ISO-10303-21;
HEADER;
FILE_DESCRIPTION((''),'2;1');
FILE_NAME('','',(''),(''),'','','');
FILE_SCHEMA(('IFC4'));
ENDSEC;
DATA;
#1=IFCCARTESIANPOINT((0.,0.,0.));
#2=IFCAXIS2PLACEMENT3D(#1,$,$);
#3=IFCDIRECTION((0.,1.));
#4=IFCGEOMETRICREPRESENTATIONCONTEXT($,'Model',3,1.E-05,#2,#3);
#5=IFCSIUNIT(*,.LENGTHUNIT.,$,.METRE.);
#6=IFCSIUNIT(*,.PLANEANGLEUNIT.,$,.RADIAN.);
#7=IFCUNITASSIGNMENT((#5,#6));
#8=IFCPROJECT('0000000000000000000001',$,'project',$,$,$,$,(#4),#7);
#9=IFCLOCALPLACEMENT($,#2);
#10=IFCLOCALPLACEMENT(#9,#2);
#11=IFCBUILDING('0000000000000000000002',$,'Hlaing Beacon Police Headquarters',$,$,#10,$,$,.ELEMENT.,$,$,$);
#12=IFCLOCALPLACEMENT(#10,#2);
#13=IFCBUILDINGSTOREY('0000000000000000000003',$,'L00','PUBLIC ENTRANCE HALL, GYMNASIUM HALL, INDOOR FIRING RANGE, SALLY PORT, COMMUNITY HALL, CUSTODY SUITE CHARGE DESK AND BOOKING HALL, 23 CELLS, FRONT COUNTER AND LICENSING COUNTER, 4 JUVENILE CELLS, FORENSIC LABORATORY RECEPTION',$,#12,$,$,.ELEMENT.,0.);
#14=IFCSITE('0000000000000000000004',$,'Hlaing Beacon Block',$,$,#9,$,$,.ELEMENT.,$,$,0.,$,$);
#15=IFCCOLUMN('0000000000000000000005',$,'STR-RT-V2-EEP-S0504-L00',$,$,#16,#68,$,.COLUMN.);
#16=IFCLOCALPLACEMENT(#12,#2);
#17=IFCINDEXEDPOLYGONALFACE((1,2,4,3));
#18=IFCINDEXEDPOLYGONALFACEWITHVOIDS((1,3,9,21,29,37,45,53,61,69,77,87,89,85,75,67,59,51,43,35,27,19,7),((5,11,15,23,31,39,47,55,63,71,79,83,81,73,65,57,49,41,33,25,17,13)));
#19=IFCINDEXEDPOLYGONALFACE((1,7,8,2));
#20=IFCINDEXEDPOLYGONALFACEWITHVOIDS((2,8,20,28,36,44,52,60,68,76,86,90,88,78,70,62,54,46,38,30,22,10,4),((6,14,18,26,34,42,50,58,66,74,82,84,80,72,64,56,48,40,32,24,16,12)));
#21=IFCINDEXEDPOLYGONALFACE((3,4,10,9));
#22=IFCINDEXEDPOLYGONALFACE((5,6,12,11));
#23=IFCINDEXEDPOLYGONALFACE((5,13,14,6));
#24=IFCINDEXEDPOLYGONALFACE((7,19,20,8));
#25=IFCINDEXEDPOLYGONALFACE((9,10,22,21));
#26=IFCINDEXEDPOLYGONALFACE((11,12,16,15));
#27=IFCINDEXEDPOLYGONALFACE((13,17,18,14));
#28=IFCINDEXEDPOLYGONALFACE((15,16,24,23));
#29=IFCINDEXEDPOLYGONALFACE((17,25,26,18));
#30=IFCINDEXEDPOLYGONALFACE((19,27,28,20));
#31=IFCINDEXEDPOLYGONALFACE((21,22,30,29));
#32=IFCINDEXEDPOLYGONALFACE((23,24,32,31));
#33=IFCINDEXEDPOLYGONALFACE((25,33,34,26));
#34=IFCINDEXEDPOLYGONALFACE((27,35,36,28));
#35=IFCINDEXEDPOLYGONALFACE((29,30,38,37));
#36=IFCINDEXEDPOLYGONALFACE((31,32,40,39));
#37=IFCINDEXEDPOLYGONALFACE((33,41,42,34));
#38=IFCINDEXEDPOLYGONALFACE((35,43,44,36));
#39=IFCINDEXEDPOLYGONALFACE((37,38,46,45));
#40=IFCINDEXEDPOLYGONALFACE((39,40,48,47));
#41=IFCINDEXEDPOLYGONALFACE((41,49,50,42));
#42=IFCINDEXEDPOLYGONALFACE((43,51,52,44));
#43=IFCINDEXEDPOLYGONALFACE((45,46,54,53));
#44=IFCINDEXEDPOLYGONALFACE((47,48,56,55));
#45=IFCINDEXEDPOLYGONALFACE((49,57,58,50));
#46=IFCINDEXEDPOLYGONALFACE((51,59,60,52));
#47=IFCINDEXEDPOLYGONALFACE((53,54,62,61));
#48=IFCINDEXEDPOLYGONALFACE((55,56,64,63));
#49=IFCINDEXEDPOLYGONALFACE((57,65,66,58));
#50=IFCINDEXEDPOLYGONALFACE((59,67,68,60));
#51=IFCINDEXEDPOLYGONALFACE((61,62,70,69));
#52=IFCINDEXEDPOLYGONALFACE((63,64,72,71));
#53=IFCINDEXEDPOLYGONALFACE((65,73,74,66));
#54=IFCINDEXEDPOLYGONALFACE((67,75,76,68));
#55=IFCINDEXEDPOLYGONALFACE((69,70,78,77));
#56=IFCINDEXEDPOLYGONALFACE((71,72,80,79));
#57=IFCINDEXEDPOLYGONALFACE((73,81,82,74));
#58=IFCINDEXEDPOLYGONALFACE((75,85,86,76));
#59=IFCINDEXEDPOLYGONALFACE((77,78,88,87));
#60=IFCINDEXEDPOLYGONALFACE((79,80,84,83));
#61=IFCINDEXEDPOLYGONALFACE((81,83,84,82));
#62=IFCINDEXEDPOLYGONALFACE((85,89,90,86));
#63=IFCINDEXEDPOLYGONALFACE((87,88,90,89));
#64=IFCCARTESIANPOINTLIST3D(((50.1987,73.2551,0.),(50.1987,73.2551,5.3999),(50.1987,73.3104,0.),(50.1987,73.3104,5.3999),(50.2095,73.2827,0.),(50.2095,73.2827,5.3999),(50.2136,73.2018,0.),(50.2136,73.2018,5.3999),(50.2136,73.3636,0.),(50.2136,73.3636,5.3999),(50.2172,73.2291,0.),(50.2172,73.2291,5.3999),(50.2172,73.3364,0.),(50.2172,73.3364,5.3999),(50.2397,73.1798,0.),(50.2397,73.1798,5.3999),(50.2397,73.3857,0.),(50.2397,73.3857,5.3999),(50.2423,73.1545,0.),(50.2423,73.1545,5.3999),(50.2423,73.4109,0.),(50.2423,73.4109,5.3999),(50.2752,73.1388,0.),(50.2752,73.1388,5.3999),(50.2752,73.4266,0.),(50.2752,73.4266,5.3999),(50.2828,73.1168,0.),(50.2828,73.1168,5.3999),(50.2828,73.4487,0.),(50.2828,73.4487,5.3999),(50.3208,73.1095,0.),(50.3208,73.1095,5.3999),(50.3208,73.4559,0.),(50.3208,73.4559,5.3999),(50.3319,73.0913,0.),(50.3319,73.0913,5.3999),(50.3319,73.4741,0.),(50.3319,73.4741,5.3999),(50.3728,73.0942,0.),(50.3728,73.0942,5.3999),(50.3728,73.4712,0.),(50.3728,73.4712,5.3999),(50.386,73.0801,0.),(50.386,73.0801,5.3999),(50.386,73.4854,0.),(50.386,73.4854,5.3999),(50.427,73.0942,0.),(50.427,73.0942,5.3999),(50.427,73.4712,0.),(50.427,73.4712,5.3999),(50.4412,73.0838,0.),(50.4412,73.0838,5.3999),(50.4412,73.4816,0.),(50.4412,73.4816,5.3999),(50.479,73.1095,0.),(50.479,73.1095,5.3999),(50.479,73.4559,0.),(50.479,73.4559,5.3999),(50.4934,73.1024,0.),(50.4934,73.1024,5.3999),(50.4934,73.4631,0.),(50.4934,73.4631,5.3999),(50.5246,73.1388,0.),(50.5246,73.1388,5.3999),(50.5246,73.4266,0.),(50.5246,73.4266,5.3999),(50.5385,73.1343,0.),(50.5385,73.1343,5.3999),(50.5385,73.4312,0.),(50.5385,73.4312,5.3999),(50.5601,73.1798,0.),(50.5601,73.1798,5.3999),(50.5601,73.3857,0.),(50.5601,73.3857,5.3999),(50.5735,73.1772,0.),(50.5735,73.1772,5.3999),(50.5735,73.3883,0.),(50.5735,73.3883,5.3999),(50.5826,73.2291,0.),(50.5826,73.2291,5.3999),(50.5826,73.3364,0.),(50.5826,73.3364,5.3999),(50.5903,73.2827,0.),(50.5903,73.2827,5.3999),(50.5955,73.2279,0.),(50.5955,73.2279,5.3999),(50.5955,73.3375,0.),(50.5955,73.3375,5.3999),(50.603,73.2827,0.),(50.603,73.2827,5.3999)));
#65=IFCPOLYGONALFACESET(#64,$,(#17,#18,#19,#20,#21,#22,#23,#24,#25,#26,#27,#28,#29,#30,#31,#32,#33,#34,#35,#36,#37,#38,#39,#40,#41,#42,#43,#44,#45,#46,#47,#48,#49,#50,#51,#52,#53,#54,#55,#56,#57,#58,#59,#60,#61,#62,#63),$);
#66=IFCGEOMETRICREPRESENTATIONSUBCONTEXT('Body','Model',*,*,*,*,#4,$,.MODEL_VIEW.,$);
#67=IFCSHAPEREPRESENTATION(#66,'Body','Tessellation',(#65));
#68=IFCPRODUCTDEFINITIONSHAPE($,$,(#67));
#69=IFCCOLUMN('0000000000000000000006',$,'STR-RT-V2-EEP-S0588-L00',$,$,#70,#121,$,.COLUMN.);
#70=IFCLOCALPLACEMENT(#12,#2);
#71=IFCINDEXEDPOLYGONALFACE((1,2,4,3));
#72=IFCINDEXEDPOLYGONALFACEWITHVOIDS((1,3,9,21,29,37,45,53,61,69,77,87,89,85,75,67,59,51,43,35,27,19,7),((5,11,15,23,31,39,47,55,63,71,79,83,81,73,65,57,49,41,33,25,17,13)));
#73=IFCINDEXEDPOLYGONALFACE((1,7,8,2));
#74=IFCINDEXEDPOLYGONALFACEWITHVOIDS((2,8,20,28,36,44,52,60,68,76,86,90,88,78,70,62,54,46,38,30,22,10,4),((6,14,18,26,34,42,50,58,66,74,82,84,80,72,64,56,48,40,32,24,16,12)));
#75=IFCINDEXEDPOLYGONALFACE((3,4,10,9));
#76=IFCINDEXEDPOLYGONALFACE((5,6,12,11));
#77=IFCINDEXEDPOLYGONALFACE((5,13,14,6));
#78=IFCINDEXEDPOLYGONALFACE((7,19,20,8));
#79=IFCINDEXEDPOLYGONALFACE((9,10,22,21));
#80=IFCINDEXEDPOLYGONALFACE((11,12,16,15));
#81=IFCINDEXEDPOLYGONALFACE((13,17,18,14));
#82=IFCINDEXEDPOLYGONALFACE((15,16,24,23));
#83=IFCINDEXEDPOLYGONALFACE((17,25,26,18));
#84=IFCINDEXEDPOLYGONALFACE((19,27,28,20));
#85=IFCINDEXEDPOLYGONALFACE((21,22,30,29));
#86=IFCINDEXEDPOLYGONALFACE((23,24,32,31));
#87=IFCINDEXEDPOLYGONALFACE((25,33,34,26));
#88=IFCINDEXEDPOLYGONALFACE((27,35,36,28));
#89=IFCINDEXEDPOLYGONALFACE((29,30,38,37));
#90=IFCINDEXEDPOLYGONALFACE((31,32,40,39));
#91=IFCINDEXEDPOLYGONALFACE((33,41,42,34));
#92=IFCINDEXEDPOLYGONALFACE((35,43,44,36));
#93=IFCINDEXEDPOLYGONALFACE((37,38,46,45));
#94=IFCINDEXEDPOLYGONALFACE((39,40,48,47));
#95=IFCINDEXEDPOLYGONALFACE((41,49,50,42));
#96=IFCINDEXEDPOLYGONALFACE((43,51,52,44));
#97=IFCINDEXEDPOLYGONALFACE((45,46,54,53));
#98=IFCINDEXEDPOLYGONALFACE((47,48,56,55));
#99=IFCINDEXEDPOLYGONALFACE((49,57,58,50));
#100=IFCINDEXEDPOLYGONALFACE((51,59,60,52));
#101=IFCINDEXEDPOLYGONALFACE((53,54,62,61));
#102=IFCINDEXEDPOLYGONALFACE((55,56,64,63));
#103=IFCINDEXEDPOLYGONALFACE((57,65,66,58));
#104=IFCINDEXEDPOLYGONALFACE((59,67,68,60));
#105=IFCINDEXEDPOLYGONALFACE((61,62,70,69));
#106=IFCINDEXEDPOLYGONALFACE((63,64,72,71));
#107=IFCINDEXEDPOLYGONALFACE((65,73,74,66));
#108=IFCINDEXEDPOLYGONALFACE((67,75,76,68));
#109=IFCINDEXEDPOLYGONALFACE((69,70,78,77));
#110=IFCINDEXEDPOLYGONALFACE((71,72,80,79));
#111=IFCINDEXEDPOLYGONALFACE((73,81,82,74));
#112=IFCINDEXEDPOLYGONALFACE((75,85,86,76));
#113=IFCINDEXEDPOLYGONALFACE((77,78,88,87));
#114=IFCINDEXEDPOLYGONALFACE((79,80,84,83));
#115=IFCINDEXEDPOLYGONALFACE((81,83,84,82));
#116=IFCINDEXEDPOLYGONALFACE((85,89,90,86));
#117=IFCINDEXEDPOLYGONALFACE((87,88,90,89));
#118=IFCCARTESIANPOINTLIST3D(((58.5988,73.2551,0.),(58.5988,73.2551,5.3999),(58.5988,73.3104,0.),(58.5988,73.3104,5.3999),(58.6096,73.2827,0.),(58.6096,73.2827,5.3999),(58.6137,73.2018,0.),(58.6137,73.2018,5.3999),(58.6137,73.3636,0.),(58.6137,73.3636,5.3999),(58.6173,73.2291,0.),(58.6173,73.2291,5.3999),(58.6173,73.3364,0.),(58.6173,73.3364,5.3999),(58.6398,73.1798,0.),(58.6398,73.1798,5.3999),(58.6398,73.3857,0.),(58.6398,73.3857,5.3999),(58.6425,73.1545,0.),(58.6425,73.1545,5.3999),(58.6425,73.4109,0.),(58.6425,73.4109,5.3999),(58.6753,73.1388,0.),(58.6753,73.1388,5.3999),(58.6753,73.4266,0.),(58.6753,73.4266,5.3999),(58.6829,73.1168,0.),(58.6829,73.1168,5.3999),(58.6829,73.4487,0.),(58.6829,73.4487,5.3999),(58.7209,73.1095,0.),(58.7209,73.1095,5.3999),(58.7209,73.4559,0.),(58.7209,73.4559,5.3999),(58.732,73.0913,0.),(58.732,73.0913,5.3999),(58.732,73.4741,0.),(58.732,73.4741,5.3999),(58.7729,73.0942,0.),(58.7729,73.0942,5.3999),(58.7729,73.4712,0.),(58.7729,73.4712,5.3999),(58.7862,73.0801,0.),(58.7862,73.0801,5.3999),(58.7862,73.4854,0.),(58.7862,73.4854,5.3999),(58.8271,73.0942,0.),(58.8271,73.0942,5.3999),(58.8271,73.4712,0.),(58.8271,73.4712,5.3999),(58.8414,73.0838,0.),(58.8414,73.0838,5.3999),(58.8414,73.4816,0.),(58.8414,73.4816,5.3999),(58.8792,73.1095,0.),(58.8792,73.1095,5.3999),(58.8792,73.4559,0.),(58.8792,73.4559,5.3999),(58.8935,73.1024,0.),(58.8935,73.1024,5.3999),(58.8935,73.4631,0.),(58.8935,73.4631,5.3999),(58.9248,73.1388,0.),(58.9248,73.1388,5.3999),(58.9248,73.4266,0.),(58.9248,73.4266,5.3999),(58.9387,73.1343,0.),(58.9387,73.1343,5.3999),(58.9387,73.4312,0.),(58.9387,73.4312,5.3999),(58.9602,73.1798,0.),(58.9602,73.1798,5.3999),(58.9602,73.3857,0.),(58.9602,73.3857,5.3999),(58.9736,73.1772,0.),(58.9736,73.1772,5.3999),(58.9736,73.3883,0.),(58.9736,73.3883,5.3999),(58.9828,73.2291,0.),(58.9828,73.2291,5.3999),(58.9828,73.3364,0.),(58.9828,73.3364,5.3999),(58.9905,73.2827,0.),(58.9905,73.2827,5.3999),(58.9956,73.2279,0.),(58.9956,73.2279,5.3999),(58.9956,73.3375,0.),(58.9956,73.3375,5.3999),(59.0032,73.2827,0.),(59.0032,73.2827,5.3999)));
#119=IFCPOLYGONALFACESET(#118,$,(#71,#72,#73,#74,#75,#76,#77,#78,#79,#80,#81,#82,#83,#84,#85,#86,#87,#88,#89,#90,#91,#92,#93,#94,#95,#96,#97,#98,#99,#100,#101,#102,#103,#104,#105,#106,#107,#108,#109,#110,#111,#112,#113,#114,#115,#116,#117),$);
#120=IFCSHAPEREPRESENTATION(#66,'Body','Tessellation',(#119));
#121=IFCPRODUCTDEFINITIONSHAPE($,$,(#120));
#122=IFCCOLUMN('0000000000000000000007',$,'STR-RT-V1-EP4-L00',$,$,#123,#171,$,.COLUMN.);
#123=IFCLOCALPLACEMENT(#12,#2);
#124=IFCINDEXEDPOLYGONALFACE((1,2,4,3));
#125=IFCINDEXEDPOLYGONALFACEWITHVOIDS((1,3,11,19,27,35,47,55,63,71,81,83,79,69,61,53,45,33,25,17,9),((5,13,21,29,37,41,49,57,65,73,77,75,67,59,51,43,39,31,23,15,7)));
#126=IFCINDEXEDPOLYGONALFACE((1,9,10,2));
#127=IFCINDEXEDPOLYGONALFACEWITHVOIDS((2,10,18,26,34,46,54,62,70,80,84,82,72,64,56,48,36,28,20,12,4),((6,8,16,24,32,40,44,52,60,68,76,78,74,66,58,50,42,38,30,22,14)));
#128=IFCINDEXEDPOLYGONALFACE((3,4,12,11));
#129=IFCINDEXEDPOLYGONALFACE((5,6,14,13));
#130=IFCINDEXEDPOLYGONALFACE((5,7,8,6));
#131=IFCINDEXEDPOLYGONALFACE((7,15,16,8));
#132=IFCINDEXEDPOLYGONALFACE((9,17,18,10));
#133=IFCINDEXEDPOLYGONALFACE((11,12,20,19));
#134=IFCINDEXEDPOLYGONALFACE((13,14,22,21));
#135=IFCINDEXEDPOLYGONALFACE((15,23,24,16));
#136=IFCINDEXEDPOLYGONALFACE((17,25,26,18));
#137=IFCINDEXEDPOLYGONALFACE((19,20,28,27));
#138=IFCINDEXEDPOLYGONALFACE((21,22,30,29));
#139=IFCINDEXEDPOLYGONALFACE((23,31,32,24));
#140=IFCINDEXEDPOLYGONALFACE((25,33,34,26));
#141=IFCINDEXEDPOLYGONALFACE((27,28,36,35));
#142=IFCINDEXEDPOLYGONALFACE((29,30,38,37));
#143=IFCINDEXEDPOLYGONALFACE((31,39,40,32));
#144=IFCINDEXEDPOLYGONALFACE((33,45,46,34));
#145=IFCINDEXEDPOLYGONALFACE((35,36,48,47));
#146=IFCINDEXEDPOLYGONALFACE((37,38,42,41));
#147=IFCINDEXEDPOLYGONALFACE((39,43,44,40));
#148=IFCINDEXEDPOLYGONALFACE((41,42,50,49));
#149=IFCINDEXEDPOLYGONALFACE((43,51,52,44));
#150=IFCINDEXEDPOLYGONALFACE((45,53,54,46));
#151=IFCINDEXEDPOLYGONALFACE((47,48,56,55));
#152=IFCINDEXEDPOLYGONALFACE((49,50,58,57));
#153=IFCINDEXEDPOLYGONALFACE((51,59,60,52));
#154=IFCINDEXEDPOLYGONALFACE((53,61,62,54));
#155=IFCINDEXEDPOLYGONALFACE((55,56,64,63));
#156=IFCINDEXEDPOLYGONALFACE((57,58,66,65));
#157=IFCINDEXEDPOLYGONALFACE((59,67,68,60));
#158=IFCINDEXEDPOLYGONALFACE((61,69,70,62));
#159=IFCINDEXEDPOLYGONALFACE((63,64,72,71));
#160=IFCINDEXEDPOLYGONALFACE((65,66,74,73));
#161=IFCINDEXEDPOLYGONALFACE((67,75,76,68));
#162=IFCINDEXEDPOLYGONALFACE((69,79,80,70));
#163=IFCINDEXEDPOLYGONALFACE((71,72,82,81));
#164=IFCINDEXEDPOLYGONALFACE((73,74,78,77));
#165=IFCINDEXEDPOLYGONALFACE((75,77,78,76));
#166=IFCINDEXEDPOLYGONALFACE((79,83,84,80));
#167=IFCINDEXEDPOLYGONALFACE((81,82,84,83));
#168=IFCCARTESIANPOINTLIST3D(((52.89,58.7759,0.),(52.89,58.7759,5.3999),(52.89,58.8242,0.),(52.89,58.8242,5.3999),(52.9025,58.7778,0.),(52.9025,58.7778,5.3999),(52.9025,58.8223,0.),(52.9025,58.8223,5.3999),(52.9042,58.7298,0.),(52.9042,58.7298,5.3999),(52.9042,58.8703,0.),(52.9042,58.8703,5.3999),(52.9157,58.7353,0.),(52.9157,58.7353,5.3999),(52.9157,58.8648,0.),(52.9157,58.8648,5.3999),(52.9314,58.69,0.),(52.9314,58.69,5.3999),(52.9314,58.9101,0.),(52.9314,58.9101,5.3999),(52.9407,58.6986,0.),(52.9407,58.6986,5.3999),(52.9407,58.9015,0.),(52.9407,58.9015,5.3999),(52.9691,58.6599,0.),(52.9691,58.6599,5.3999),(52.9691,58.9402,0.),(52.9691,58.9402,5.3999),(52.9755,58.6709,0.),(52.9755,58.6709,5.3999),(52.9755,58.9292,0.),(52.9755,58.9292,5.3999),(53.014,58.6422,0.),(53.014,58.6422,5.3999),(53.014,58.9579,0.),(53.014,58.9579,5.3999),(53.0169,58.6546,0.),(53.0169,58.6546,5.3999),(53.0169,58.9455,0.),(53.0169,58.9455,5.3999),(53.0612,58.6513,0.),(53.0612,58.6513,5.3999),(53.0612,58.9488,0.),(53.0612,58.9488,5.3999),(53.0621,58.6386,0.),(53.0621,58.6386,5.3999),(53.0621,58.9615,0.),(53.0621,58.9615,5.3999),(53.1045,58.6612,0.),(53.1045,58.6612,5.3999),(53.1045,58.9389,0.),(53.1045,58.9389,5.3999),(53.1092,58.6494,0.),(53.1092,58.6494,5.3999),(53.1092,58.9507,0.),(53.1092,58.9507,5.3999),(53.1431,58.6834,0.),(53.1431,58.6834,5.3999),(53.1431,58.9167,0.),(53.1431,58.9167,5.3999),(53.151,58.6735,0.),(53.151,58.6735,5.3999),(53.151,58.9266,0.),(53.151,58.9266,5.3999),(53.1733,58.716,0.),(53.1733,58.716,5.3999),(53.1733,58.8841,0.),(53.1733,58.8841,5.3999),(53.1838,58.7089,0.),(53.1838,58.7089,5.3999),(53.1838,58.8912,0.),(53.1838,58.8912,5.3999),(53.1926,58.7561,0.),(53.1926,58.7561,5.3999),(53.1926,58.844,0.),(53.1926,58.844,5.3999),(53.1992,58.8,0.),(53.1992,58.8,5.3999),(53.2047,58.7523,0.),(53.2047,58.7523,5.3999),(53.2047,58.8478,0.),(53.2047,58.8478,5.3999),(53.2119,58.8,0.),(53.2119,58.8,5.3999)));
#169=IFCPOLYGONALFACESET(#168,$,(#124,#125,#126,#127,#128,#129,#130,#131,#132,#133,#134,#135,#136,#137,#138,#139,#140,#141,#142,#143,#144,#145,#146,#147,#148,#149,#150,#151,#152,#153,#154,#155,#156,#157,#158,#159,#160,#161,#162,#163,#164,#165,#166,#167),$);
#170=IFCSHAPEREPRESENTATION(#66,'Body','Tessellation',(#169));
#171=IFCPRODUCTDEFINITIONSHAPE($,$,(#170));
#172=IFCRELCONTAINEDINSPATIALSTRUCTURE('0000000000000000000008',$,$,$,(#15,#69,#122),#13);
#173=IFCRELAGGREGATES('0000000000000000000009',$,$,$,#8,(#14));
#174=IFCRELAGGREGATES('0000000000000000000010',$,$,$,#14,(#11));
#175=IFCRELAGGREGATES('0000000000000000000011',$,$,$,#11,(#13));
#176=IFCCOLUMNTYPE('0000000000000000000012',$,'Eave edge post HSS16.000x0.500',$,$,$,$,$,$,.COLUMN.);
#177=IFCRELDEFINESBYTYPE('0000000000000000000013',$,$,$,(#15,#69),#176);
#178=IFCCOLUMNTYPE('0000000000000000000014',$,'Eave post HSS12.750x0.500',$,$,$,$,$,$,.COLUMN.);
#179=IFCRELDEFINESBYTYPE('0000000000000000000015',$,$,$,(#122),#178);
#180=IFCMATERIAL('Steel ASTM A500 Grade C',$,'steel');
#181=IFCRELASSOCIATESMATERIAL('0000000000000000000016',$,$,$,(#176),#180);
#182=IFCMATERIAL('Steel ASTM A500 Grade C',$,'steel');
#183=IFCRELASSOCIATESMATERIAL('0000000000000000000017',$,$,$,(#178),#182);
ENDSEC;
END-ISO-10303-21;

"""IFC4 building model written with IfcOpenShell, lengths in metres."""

from ifc_helpers import new_model, si_unit, direction, frame, origin, origin_2d, place, context, subcontext, project, spatial, hollow_circle, extrude, material, material_profile, profile_set, type_object, element, save


model = new_model("IFC4")

# Units and contexts
model_context = context("Model", 3, precision=1e-05, world=origin(), true_north=direction((0.0, 1.0)))
body_context = subcontext(model_context, "Body", "Model", "MODEL_VIEW")
ifc_project = project(units=[si_unit("LENGTHUNIT", "METRE"), si_unit("PLANEANGLEUNIT", "RADIAN")], contexts=[model_context])

# Site, building, storey
site_placement = place(None, origin())
site = spatial("IfcSite", under=ifc_project, at=site_placement, Name="Hlaing Beacon Block", CompositionType="ELEMENT", RefElevation=0.0)
building_placement = place(site_placement, origin())
building = spatial("IfcBuilding", under=site, at=building_placement, Name="Hlaing Beacon Police Headquarters", CompositionType="ELEMENT")
storey_placement = place(building_placement, origin())
storey = spatial("IfcBuildingStorey", under=building, at=storey_placement, Name="L00", Description="PUBLIC ENTRANCE HALL, GYMNASIUM HALL, INDOOR FIRING RANGE, SALLY PORT, COMMUNITY HALL, CUSTODY SUITE CHARGE DESK AND BOOKING HALL, 23 CELLS, FRONT COUNTER AND LICENSING COUNTER, 4 JUVENILE CELLS, FORENSIC LABORATORY RECEPTION", CompositionType="ELEMENT", Elevation=0.0)

# Columns
ifc_material_1 = material(Name="Steel ASTM A500 Grade C", Category="steel")
ifc_material_profile_1 = material_profile(ifc_material_1, hollow_circle(Radius=0.2031, WallThickness=0.0127, at=origin_2d()), Name="HSS16.000x0.500")
ifc_profile_set_1 = profile_set([ifc_material_profile_1], Name="Steel ASTM A500 Grade C")
column_type_1 = type_object("IfcColumnType", Name="Eave edge post HSS16.000x0.500", PredefinedType="COLUMN", material=ifc_profile_set_1)
for number, where, z_axis, x_axis, name in (
    (1, (50.3999, 73.2827, 0.0), (0.0, 0.0, 1.0), (1.0, 0.0, 0.0), "STR-RT-V2-EEP-S0504-L00"),
    (2, (58.8, 73.2827, 0.0), (0.0, 0.0, 1.0), (1.0, 0.0, 0.0), "STR-RT-V2-EEP-S0588-L00"),
):
    element("IfcColumn", number, at=place(storey_placement, frame(where, z_axis=z_axis, x_axis=x_axis)), inside=storey, type_object=column_type_1, Name=name, PredefinedType="COLUMN", context=body_context, shape_type="SweptSolid", body=[
        extrude(hollow_circle(Radius=0.2031, WallThickness=0.0127, at=origin_2d()), origin(), (0.0, 0.0, 1.0), 5.3999),
    ])
ifc_material_2 = material(Name="Steel ASTM A500 Grade C", Category="steel")
ifc_material_profile_2 = material_profile(ifc_material_2, hollow_circle(Radius=0.1619, WallThickness=0.0127, at=origin_2d()), Name="HSS12.750x0.500")
ifc_profile_set_2 = profile_set([ifc_material_profile_2], Name="Steel ASTM A500 Grade C")
column_type_2 = type_object("IfcColumnType", Name="Eave post HSS12.750x0.500", PredefinedType="COLUMN", material=ifc_profile_set_2)
for number, where, z_axis, x_axis, name in (
    (3, (53.05, 58.8, 0.0), (0.0, 0.0, 1.0), (1.0, 0.0, 0.0), "STR-RT-V1-EP4-L00"),
):
    element("IfcColumn", number, at=place(storey_placement, frame(where, z_axis=z_axis, x_axis=x_axis)), inside=storey, type_object=column_type_2, Name=name, PredefinedType="COLUMN", context=body_context, shape_type="SweptSolid", body=[
        extrude(hollow_circle(Radius=0.1619, WallThickness=0.0127, at=origin_2d()), origin(), (0.0, 0.0, 1.0), 5.3999),
    ])

save(model, "model.ifc")
